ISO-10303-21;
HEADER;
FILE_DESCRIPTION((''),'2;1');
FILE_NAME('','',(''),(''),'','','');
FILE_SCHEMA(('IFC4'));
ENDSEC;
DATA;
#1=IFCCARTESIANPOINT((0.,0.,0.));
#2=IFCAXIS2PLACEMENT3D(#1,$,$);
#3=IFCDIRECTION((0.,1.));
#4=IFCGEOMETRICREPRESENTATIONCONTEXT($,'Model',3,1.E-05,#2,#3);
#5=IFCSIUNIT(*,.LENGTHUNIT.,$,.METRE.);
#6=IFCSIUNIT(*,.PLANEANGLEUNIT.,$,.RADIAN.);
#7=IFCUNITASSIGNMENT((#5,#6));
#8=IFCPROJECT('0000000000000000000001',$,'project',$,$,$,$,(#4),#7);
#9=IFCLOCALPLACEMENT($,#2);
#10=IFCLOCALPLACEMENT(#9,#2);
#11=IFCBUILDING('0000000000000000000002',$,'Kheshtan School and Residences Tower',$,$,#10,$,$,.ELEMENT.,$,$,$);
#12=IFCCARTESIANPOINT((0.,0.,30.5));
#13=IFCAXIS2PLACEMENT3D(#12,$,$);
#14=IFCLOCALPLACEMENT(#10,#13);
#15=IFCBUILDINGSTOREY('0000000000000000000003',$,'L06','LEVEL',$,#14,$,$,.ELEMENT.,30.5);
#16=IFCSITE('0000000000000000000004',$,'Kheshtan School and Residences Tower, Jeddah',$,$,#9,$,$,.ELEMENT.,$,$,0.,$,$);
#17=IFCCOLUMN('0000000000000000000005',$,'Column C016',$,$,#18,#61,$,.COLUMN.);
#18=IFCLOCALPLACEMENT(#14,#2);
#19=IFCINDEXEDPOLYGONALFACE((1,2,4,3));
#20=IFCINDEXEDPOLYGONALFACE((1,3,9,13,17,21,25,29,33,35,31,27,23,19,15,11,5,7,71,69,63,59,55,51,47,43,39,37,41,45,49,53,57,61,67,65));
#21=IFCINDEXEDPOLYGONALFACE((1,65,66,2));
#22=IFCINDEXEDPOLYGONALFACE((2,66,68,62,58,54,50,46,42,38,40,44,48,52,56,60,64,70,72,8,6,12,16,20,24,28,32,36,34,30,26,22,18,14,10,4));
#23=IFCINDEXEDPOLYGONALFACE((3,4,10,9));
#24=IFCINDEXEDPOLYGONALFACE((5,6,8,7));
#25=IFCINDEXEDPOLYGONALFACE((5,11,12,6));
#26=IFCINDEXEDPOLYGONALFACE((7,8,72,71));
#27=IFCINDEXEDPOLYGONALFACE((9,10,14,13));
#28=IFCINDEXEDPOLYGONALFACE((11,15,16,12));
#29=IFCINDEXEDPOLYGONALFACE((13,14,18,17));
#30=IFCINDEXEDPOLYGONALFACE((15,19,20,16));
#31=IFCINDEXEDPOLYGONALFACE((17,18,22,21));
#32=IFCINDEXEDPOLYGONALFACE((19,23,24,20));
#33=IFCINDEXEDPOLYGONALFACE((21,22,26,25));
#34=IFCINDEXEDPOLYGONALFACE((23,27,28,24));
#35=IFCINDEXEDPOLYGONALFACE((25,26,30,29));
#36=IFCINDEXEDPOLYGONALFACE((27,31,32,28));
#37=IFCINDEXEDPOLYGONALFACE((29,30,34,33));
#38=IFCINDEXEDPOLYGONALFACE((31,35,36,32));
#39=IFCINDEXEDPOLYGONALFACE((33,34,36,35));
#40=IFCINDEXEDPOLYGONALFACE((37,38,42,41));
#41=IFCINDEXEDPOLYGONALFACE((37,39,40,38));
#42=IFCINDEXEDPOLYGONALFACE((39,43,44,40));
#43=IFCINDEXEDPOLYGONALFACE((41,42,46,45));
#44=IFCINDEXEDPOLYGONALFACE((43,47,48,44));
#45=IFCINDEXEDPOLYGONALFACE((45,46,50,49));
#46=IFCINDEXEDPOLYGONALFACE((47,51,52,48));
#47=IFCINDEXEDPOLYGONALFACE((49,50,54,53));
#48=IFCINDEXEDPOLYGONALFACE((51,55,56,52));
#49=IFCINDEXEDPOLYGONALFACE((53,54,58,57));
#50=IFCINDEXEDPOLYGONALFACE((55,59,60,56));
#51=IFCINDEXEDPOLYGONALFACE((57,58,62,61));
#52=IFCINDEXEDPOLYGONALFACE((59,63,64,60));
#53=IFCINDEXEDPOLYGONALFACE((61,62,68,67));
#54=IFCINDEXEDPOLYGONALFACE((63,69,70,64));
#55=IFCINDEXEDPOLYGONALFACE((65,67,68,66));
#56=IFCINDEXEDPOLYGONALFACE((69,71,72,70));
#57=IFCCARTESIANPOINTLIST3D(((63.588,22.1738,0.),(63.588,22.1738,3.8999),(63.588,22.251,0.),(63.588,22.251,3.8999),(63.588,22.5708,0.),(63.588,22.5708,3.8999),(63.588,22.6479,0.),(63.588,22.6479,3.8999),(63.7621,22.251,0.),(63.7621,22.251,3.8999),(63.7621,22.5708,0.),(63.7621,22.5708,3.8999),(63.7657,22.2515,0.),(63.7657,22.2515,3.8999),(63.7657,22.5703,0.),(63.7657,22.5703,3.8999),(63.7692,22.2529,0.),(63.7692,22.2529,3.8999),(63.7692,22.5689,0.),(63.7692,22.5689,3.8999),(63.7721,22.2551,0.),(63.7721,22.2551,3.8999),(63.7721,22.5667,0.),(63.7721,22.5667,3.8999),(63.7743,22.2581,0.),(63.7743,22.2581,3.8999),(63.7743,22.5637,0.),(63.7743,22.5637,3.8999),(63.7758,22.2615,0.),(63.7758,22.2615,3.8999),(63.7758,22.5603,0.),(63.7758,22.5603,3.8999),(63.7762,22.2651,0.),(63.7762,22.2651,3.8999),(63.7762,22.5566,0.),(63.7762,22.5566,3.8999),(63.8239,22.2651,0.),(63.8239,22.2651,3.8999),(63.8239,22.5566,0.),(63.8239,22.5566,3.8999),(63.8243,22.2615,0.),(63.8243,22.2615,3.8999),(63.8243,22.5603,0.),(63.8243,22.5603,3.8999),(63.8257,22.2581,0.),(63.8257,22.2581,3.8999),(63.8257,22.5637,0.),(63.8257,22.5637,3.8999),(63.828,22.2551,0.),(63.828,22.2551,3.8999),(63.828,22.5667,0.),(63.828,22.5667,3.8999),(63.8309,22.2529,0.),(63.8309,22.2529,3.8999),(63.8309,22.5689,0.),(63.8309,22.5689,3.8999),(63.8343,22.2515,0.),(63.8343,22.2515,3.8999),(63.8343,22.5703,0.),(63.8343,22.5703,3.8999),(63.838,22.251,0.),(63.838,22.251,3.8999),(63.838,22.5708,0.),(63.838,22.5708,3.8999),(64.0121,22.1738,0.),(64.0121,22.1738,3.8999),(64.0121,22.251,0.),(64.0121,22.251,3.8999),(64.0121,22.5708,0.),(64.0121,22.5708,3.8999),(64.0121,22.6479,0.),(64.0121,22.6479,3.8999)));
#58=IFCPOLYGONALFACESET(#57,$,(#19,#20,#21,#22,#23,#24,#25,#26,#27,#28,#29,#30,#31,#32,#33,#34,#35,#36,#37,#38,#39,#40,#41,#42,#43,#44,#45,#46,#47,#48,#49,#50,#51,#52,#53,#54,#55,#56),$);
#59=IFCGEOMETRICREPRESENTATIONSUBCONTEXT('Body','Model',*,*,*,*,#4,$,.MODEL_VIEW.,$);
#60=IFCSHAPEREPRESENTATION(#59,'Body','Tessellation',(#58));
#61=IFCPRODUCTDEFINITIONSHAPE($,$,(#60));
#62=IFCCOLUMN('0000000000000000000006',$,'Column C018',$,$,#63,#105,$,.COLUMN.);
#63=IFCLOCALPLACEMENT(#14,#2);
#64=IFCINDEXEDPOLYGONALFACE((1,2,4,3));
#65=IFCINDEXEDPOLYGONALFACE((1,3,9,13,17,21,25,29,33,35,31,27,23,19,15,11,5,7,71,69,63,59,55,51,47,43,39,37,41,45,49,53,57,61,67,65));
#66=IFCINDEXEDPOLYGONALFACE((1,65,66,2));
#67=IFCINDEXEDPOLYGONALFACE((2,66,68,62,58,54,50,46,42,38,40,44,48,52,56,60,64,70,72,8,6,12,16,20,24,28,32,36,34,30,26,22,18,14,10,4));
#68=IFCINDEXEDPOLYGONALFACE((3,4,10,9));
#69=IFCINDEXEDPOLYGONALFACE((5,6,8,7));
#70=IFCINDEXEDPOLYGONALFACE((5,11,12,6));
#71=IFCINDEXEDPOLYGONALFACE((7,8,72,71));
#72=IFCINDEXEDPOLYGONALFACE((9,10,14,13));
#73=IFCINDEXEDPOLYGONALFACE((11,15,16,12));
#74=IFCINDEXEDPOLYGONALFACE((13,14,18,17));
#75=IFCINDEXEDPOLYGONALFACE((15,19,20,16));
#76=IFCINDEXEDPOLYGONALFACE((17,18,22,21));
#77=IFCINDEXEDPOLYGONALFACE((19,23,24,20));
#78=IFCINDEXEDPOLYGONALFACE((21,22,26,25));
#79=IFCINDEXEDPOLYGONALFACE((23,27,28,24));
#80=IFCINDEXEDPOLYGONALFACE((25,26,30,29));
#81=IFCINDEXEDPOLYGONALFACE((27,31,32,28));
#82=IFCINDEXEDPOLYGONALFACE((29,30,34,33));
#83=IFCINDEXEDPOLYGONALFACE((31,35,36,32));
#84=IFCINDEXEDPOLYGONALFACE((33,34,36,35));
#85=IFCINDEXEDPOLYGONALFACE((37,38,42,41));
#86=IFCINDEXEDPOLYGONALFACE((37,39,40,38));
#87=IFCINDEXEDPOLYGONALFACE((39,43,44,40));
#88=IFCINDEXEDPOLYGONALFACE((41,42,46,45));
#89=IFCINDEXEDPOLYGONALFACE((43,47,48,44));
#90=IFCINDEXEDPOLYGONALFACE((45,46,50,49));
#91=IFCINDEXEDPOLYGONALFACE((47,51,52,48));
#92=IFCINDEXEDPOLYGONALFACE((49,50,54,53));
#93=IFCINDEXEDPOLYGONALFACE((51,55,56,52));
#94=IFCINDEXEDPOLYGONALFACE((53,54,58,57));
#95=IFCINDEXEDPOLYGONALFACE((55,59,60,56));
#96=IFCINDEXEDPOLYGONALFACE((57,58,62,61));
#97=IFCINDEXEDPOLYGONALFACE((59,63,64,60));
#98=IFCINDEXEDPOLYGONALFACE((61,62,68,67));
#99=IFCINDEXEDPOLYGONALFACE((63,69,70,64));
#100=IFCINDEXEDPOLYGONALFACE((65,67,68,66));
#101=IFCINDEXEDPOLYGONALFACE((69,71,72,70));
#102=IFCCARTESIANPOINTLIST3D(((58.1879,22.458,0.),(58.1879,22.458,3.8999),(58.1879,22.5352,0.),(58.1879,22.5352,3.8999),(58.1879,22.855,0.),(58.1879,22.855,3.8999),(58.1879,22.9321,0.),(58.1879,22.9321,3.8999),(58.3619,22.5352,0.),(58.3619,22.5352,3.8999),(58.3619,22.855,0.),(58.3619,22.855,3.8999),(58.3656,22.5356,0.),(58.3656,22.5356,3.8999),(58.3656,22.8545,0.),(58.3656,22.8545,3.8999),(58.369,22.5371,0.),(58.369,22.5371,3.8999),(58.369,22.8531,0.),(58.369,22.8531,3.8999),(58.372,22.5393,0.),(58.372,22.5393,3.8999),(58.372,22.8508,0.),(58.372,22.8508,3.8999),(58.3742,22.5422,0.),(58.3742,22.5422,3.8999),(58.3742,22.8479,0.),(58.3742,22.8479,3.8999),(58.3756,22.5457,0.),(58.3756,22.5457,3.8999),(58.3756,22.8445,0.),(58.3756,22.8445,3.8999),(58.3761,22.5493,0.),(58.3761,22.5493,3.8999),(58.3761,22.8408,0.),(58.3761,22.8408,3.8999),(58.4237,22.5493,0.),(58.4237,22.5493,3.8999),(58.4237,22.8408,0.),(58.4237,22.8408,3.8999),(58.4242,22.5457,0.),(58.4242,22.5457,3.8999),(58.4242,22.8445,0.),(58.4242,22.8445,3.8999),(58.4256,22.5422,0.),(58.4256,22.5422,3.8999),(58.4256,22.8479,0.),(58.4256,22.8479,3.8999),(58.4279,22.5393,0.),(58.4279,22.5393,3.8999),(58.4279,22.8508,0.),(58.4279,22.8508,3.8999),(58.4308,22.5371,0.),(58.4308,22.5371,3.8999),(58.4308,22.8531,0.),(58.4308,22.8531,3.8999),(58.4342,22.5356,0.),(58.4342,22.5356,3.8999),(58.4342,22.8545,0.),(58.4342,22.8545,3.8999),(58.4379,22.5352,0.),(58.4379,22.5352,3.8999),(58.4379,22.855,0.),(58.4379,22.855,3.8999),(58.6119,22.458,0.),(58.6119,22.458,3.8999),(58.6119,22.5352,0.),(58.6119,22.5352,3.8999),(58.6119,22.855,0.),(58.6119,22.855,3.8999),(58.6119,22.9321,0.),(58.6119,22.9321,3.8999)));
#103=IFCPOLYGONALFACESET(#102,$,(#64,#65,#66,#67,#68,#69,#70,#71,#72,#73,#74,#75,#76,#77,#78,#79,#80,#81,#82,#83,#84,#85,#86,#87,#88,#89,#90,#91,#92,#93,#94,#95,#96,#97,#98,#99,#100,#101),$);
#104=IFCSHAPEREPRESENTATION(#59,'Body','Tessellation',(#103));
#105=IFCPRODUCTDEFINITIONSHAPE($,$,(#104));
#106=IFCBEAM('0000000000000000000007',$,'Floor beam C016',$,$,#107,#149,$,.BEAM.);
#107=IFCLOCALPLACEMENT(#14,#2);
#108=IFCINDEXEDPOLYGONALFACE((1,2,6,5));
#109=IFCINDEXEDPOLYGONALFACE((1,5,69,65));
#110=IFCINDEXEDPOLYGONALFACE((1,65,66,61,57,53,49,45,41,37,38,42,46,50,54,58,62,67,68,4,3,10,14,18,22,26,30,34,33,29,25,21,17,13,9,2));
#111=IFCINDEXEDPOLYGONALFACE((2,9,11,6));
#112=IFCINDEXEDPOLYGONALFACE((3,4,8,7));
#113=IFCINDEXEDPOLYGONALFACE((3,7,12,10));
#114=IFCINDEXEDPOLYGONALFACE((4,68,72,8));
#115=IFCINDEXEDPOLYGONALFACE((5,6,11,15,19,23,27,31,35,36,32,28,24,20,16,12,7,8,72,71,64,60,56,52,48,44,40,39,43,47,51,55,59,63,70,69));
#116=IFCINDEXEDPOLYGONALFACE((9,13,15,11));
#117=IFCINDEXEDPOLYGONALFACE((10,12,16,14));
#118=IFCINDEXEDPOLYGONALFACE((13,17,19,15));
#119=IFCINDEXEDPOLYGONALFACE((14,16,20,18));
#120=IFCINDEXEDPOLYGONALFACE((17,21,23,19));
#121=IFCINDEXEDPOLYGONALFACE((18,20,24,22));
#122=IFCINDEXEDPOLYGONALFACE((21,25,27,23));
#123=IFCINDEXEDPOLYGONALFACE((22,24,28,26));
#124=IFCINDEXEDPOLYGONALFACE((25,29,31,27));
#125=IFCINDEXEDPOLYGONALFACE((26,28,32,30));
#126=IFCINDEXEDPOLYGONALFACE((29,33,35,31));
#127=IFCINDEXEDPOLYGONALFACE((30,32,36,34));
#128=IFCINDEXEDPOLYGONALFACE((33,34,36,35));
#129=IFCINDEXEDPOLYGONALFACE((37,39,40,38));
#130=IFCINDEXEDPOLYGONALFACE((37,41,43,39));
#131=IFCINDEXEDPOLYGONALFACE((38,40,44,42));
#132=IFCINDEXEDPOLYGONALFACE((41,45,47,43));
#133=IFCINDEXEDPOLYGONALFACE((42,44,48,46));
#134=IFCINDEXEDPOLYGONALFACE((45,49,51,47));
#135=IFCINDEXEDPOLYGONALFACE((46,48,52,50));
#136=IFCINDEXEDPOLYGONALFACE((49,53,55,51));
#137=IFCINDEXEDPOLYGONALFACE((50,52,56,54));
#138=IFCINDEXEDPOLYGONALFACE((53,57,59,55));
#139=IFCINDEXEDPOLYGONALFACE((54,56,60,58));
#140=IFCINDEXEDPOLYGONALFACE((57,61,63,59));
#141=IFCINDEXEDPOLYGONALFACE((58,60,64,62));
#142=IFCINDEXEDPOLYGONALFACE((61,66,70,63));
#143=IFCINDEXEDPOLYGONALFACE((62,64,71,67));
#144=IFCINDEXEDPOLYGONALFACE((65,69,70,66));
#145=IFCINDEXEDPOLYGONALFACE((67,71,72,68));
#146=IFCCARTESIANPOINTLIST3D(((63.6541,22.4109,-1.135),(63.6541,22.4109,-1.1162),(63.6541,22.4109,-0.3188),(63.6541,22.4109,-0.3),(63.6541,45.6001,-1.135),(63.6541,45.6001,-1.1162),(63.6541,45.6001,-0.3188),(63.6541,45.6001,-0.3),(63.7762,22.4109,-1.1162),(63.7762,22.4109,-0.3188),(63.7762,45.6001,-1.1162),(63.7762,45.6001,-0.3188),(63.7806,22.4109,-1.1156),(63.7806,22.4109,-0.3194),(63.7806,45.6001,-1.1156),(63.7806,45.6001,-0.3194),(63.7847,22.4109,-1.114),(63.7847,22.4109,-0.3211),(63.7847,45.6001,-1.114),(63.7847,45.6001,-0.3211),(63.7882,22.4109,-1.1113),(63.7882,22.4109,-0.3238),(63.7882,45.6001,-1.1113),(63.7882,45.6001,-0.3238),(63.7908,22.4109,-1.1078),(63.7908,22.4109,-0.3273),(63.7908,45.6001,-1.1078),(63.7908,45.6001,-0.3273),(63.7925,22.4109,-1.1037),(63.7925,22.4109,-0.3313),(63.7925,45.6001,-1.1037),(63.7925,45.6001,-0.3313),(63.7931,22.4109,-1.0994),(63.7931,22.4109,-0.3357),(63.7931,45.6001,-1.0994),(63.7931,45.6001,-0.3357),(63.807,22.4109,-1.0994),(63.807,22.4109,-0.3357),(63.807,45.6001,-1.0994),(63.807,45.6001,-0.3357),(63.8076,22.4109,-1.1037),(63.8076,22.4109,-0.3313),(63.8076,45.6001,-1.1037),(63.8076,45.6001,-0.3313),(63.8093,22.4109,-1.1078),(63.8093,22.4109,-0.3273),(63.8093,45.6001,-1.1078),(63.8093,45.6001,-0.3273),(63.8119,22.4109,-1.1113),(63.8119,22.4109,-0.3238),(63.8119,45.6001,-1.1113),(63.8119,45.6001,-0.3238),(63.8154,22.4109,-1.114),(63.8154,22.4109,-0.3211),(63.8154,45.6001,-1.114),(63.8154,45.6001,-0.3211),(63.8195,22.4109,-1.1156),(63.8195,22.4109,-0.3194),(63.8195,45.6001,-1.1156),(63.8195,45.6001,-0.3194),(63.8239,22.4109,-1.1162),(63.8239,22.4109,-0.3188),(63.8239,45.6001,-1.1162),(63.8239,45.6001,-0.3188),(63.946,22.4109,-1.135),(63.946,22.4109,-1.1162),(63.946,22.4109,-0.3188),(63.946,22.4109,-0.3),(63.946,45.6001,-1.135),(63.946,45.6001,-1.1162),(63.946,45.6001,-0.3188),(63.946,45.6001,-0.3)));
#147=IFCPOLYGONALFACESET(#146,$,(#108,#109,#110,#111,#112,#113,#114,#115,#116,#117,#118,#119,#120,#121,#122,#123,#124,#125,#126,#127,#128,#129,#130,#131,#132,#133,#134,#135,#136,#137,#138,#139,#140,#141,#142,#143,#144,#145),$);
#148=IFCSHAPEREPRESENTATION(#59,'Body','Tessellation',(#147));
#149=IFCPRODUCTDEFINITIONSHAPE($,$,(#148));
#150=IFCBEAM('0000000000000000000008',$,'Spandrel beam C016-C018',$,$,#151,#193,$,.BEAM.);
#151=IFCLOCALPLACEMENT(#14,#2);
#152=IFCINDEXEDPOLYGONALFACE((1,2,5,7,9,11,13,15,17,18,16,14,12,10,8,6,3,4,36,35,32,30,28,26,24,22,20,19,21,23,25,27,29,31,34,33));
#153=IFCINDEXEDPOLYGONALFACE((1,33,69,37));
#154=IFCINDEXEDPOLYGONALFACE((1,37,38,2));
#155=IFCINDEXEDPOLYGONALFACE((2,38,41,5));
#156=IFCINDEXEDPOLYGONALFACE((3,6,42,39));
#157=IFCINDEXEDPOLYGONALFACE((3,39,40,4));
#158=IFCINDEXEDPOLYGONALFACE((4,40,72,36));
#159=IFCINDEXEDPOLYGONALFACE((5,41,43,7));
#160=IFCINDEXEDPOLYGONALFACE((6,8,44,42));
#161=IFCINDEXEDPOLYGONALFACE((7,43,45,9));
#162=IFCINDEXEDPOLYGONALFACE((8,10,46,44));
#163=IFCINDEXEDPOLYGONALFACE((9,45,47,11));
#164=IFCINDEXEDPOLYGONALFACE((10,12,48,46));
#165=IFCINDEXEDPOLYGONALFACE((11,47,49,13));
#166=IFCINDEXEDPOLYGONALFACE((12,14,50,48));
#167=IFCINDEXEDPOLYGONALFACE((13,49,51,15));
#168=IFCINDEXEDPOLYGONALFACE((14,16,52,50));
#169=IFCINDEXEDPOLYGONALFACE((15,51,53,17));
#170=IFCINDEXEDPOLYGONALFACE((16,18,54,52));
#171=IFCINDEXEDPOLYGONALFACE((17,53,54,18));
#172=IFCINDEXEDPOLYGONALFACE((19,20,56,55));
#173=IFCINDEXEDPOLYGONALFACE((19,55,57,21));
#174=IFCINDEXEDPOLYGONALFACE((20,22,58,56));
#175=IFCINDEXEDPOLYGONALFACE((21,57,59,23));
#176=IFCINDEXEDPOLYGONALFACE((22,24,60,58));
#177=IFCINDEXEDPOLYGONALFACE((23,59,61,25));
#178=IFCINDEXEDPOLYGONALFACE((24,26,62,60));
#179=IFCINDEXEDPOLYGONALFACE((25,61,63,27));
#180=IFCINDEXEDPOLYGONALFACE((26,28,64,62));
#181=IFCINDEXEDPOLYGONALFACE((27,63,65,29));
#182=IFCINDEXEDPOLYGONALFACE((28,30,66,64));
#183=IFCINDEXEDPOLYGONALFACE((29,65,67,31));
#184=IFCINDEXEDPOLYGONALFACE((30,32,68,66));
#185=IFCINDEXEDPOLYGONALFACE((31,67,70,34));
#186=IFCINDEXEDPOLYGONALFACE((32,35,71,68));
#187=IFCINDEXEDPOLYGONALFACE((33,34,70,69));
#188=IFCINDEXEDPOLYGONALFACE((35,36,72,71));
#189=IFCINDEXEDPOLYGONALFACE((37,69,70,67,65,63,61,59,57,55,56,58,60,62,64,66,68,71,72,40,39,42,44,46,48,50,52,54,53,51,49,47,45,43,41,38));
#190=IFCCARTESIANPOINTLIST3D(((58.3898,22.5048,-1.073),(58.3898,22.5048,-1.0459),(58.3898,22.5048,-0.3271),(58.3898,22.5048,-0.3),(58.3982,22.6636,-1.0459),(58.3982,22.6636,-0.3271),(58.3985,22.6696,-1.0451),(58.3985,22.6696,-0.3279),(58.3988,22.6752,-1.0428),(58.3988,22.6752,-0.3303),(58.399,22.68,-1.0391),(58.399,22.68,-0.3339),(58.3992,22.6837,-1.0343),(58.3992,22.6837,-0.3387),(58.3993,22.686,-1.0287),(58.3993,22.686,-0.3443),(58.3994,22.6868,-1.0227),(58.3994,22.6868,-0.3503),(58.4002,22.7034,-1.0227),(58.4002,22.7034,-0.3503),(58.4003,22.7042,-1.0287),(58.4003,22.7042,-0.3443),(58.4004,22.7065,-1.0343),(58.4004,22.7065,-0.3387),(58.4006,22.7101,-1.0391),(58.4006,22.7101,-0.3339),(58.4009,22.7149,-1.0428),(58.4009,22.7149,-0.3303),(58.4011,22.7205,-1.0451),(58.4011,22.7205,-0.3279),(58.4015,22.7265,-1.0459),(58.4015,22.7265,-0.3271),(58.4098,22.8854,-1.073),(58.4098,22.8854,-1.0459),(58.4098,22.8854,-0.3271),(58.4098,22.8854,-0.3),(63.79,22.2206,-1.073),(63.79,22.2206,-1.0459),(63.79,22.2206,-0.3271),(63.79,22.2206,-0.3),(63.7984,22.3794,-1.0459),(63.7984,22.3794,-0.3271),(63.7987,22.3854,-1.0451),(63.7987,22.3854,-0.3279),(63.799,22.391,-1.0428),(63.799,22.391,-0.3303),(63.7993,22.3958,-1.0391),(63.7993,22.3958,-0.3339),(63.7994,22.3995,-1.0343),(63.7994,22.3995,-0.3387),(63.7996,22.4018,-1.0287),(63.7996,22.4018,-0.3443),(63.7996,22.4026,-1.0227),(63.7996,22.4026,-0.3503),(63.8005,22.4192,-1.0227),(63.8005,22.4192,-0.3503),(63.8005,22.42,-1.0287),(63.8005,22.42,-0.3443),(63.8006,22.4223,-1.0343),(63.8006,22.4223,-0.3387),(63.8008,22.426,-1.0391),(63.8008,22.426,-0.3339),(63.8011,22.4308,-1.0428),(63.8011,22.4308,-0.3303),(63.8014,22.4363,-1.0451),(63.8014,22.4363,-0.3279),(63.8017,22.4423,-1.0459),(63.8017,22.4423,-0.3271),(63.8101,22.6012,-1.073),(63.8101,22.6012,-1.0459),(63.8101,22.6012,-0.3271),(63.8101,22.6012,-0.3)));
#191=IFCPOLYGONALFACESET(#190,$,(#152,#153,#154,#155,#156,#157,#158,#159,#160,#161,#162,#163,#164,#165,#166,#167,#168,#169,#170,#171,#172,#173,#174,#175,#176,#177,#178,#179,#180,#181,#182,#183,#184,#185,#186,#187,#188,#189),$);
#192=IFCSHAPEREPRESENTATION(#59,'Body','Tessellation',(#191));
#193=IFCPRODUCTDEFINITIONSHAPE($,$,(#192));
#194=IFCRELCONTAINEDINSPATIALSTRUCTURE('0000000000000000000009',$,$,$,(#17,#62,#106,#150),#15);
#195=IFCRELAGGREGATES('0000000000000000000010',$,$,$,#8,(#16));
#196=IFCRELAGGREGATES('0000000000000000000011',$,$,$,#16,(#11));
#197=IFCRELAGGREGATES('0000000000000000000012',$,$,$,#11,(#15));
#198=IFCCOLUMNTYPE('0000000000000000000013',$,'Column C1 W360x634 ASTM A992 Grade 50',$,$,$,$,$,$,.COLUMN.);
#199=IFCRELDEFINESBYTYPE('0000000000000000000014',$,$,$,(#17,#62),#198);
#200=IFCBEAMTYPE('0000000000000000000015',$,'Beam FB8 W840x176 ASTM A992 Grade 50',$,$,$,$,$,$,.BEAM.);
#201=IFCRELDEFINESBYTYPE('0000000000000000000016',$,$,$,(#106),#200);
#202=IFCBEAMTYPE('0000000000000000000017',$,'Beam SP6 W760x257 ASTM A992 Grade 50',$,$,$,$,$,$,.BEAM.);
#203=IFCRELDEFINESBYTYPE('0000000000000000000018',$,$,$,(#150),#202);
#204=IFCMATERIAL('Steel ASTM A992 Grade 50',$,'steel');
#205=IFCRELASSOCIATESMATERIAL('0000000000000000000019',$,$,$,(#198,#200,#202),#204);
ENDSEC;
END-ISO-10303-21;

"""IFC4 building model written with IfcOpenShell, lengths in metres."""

from ifc_helpers import new_model, si_unit, direction, frame, origin, origin_2d, place, context, subcontext, project, spatial, i_section, extrude, material, material_profile, profile_set, type_object, element, save


model = new_model("IFC4")

# Units and contexts
model_context = context("Model", 3, precision=1e-05, world=origin(), true_north=direction((0.0, 1.0)))
body_context = subcontext(model_context, "Body", "Model", "MODEL_VIEW")
ifc_project = project(units=[si_unit("LENGTHUNIT", "METRE"), si_unit("PLANEANGLEUNIT", "RADIAN")], contexts=[model_context])

# Site, building, storey
site_placement = place(None, origin())
site = spatial("IfcSite", under=ifc_project, at=site_placement, Name="Kheshtan School and Residences Tower, Jeddah", CompositionType="ELEMENT", RefElevation=0.0)
building_placement = place(site_placement, origin())
building = spatial("IfcBuilding", under=site, at=building_placement, Name="Kheshtan School and Residences Tower", CompositionType="ELEMENT")
storey_placement = place(building_placement, frame((0.0, 0.0, 30.5)))
storey = spatial("IfcBuildingStorey", under=building, at=storey_placement, Name="L06", Description="LEVEL", CompositionType="ELEMENT", Elevation=30.5)

# Columns
ifc_material_1 = material(Name="Steel ASTM A992 Grade 50", Category="steel")
ifc_material_profile_1 = material_profile(ifc_material_1, i_section(OverallWidth=0.4241, OverallDepth=0.4741, WebThickness=0.0476, FlangeThickness=0.0771, FilletRadius=0.0142, at=origin_2d()), Name="W360x634")
ifc_profile_set_1 = profile_set([ifc_material_profile_1], Name="Steel ASTM A992 Grade 50")
column_type = type_object("IfcColumnType", Name="Column C1 W360x634 ASTM A992 Grade 50", PredefinedType="COLUMN", material=ifc_profile_set_1)
for number, where, z_axis, x_axis, name in (
    (1, (63.8, 22.4109, 0.0), (0.0, 0.0, 1.0), (1.0, 0.0, 0.0), "Column C016"),
    (2, (58.3999, 22.6951, 0.0), (0.0, 0.0, 1.0), (1.0, 0.0, 0.0), "Column C018"),
):
    element("IfcColumn", number, at=place(storey_placement, frame(where, z_axis=z_axis, x_axis=x_axis)), inside=storey, type_object=column_type, Name=name, PredefinedType="COLUMN", context=body_context, shape_type="SweptSolid", body=[
        extrude(i_section(OverallWidth=0.4241, OverallDepth=0.4741, WebThickness=0.0476, FlangeThickness=0.0771, FilletRadius=0.0142, at=origin_2d()), origin(), (0.0, 0.0, 1.0), 3.8999),
    ])

# Beams
ifc_material_profile_2 = material_profile(ifc_material_1, i_section(OverallWidth=0.292, OverallDepth=0.835, WebThickness=0.0139, FlangeThickness=0.0188, FilletRadius=0.0168, at=origin_2d()), Name="W840x176")
ifc_profile_set_2 = profile_set([ifc_material_profile_2], Name="Steel ASTM A992 Grade 50")
beam_type_1 = type_object("IfcBeamType", Name="Beam FB8 W840x176 ASTM A992 Grade 50", PredefinedType="BEAM", material=ifc_profile_set_2)
beam_1_placement = place(storey_placement, frame((63.8, 22.4109, -0.7175), z_axis=(0.0, 1.0, 0.0), x_axis=(-1.0, 0.0, 0.0)))
element("IfcBeam", 3, at=beam_1_placement, inside=storey, type_object=beam_type_1, Name="Floor beam C016", PredefinedType="BEAM", context=body_context, shape_type="SweptSolid", body=[
    extrude(i_section(OverallWidth=0.292, OverallDepth=0.835, WebThickness=0.0139, FlangeThickness=0.0188, FilletRadius=0.0168, at=origin_2d()), origin(), (0.0, 0.0, 1.0), 23.1892),
])
ifc_material_profile_3 = material_profile(ifc_material_1, i_section(OverallWidth=0.3811, OverallDepth=0.7729, WebThickness=0.0166, FlangeThickness=0.0271, FilletRadius=0.0232, at=origin_2d()), Name="W760x257")
ifc_profile_set_3 = profile_set([ifc_material_profile_3], Name="Steel ASTM A992 Grade 50")
beam_type_2 = type_object("IfcBeamType", Name="Beam SP6 W760x257 ASTM A992 Grade 50", PredefinedType="BEAM", material=ifc_profile_set_3)
beam_2_placement = place(storey_placement, frame((63.8, 22.4109, -0.6865), z_axis=(-0.998618, 0.052552, 0.0), x_axis=(-0.052552, -0.998618, 0.0)))
element("IfcBeam", 4, at=beam_2_placement, inside=storey, type_object=beam_type_2, Name="Spandrel beam C016-C018", PredefinedType="BEAM", context=body_context, shape_type="SweptSolid", body=[
    extrude(i_section(OverallWidth=0.3811, OverallDepth=0.7729, WebThickness=0.0166, FlangeThickness=0.0271, FilletRadius=0.0232, at=origin_2d()), origin(), (0.0, 0.0, 1.0), 5.4077),
])

save(model, "model.ifc")
